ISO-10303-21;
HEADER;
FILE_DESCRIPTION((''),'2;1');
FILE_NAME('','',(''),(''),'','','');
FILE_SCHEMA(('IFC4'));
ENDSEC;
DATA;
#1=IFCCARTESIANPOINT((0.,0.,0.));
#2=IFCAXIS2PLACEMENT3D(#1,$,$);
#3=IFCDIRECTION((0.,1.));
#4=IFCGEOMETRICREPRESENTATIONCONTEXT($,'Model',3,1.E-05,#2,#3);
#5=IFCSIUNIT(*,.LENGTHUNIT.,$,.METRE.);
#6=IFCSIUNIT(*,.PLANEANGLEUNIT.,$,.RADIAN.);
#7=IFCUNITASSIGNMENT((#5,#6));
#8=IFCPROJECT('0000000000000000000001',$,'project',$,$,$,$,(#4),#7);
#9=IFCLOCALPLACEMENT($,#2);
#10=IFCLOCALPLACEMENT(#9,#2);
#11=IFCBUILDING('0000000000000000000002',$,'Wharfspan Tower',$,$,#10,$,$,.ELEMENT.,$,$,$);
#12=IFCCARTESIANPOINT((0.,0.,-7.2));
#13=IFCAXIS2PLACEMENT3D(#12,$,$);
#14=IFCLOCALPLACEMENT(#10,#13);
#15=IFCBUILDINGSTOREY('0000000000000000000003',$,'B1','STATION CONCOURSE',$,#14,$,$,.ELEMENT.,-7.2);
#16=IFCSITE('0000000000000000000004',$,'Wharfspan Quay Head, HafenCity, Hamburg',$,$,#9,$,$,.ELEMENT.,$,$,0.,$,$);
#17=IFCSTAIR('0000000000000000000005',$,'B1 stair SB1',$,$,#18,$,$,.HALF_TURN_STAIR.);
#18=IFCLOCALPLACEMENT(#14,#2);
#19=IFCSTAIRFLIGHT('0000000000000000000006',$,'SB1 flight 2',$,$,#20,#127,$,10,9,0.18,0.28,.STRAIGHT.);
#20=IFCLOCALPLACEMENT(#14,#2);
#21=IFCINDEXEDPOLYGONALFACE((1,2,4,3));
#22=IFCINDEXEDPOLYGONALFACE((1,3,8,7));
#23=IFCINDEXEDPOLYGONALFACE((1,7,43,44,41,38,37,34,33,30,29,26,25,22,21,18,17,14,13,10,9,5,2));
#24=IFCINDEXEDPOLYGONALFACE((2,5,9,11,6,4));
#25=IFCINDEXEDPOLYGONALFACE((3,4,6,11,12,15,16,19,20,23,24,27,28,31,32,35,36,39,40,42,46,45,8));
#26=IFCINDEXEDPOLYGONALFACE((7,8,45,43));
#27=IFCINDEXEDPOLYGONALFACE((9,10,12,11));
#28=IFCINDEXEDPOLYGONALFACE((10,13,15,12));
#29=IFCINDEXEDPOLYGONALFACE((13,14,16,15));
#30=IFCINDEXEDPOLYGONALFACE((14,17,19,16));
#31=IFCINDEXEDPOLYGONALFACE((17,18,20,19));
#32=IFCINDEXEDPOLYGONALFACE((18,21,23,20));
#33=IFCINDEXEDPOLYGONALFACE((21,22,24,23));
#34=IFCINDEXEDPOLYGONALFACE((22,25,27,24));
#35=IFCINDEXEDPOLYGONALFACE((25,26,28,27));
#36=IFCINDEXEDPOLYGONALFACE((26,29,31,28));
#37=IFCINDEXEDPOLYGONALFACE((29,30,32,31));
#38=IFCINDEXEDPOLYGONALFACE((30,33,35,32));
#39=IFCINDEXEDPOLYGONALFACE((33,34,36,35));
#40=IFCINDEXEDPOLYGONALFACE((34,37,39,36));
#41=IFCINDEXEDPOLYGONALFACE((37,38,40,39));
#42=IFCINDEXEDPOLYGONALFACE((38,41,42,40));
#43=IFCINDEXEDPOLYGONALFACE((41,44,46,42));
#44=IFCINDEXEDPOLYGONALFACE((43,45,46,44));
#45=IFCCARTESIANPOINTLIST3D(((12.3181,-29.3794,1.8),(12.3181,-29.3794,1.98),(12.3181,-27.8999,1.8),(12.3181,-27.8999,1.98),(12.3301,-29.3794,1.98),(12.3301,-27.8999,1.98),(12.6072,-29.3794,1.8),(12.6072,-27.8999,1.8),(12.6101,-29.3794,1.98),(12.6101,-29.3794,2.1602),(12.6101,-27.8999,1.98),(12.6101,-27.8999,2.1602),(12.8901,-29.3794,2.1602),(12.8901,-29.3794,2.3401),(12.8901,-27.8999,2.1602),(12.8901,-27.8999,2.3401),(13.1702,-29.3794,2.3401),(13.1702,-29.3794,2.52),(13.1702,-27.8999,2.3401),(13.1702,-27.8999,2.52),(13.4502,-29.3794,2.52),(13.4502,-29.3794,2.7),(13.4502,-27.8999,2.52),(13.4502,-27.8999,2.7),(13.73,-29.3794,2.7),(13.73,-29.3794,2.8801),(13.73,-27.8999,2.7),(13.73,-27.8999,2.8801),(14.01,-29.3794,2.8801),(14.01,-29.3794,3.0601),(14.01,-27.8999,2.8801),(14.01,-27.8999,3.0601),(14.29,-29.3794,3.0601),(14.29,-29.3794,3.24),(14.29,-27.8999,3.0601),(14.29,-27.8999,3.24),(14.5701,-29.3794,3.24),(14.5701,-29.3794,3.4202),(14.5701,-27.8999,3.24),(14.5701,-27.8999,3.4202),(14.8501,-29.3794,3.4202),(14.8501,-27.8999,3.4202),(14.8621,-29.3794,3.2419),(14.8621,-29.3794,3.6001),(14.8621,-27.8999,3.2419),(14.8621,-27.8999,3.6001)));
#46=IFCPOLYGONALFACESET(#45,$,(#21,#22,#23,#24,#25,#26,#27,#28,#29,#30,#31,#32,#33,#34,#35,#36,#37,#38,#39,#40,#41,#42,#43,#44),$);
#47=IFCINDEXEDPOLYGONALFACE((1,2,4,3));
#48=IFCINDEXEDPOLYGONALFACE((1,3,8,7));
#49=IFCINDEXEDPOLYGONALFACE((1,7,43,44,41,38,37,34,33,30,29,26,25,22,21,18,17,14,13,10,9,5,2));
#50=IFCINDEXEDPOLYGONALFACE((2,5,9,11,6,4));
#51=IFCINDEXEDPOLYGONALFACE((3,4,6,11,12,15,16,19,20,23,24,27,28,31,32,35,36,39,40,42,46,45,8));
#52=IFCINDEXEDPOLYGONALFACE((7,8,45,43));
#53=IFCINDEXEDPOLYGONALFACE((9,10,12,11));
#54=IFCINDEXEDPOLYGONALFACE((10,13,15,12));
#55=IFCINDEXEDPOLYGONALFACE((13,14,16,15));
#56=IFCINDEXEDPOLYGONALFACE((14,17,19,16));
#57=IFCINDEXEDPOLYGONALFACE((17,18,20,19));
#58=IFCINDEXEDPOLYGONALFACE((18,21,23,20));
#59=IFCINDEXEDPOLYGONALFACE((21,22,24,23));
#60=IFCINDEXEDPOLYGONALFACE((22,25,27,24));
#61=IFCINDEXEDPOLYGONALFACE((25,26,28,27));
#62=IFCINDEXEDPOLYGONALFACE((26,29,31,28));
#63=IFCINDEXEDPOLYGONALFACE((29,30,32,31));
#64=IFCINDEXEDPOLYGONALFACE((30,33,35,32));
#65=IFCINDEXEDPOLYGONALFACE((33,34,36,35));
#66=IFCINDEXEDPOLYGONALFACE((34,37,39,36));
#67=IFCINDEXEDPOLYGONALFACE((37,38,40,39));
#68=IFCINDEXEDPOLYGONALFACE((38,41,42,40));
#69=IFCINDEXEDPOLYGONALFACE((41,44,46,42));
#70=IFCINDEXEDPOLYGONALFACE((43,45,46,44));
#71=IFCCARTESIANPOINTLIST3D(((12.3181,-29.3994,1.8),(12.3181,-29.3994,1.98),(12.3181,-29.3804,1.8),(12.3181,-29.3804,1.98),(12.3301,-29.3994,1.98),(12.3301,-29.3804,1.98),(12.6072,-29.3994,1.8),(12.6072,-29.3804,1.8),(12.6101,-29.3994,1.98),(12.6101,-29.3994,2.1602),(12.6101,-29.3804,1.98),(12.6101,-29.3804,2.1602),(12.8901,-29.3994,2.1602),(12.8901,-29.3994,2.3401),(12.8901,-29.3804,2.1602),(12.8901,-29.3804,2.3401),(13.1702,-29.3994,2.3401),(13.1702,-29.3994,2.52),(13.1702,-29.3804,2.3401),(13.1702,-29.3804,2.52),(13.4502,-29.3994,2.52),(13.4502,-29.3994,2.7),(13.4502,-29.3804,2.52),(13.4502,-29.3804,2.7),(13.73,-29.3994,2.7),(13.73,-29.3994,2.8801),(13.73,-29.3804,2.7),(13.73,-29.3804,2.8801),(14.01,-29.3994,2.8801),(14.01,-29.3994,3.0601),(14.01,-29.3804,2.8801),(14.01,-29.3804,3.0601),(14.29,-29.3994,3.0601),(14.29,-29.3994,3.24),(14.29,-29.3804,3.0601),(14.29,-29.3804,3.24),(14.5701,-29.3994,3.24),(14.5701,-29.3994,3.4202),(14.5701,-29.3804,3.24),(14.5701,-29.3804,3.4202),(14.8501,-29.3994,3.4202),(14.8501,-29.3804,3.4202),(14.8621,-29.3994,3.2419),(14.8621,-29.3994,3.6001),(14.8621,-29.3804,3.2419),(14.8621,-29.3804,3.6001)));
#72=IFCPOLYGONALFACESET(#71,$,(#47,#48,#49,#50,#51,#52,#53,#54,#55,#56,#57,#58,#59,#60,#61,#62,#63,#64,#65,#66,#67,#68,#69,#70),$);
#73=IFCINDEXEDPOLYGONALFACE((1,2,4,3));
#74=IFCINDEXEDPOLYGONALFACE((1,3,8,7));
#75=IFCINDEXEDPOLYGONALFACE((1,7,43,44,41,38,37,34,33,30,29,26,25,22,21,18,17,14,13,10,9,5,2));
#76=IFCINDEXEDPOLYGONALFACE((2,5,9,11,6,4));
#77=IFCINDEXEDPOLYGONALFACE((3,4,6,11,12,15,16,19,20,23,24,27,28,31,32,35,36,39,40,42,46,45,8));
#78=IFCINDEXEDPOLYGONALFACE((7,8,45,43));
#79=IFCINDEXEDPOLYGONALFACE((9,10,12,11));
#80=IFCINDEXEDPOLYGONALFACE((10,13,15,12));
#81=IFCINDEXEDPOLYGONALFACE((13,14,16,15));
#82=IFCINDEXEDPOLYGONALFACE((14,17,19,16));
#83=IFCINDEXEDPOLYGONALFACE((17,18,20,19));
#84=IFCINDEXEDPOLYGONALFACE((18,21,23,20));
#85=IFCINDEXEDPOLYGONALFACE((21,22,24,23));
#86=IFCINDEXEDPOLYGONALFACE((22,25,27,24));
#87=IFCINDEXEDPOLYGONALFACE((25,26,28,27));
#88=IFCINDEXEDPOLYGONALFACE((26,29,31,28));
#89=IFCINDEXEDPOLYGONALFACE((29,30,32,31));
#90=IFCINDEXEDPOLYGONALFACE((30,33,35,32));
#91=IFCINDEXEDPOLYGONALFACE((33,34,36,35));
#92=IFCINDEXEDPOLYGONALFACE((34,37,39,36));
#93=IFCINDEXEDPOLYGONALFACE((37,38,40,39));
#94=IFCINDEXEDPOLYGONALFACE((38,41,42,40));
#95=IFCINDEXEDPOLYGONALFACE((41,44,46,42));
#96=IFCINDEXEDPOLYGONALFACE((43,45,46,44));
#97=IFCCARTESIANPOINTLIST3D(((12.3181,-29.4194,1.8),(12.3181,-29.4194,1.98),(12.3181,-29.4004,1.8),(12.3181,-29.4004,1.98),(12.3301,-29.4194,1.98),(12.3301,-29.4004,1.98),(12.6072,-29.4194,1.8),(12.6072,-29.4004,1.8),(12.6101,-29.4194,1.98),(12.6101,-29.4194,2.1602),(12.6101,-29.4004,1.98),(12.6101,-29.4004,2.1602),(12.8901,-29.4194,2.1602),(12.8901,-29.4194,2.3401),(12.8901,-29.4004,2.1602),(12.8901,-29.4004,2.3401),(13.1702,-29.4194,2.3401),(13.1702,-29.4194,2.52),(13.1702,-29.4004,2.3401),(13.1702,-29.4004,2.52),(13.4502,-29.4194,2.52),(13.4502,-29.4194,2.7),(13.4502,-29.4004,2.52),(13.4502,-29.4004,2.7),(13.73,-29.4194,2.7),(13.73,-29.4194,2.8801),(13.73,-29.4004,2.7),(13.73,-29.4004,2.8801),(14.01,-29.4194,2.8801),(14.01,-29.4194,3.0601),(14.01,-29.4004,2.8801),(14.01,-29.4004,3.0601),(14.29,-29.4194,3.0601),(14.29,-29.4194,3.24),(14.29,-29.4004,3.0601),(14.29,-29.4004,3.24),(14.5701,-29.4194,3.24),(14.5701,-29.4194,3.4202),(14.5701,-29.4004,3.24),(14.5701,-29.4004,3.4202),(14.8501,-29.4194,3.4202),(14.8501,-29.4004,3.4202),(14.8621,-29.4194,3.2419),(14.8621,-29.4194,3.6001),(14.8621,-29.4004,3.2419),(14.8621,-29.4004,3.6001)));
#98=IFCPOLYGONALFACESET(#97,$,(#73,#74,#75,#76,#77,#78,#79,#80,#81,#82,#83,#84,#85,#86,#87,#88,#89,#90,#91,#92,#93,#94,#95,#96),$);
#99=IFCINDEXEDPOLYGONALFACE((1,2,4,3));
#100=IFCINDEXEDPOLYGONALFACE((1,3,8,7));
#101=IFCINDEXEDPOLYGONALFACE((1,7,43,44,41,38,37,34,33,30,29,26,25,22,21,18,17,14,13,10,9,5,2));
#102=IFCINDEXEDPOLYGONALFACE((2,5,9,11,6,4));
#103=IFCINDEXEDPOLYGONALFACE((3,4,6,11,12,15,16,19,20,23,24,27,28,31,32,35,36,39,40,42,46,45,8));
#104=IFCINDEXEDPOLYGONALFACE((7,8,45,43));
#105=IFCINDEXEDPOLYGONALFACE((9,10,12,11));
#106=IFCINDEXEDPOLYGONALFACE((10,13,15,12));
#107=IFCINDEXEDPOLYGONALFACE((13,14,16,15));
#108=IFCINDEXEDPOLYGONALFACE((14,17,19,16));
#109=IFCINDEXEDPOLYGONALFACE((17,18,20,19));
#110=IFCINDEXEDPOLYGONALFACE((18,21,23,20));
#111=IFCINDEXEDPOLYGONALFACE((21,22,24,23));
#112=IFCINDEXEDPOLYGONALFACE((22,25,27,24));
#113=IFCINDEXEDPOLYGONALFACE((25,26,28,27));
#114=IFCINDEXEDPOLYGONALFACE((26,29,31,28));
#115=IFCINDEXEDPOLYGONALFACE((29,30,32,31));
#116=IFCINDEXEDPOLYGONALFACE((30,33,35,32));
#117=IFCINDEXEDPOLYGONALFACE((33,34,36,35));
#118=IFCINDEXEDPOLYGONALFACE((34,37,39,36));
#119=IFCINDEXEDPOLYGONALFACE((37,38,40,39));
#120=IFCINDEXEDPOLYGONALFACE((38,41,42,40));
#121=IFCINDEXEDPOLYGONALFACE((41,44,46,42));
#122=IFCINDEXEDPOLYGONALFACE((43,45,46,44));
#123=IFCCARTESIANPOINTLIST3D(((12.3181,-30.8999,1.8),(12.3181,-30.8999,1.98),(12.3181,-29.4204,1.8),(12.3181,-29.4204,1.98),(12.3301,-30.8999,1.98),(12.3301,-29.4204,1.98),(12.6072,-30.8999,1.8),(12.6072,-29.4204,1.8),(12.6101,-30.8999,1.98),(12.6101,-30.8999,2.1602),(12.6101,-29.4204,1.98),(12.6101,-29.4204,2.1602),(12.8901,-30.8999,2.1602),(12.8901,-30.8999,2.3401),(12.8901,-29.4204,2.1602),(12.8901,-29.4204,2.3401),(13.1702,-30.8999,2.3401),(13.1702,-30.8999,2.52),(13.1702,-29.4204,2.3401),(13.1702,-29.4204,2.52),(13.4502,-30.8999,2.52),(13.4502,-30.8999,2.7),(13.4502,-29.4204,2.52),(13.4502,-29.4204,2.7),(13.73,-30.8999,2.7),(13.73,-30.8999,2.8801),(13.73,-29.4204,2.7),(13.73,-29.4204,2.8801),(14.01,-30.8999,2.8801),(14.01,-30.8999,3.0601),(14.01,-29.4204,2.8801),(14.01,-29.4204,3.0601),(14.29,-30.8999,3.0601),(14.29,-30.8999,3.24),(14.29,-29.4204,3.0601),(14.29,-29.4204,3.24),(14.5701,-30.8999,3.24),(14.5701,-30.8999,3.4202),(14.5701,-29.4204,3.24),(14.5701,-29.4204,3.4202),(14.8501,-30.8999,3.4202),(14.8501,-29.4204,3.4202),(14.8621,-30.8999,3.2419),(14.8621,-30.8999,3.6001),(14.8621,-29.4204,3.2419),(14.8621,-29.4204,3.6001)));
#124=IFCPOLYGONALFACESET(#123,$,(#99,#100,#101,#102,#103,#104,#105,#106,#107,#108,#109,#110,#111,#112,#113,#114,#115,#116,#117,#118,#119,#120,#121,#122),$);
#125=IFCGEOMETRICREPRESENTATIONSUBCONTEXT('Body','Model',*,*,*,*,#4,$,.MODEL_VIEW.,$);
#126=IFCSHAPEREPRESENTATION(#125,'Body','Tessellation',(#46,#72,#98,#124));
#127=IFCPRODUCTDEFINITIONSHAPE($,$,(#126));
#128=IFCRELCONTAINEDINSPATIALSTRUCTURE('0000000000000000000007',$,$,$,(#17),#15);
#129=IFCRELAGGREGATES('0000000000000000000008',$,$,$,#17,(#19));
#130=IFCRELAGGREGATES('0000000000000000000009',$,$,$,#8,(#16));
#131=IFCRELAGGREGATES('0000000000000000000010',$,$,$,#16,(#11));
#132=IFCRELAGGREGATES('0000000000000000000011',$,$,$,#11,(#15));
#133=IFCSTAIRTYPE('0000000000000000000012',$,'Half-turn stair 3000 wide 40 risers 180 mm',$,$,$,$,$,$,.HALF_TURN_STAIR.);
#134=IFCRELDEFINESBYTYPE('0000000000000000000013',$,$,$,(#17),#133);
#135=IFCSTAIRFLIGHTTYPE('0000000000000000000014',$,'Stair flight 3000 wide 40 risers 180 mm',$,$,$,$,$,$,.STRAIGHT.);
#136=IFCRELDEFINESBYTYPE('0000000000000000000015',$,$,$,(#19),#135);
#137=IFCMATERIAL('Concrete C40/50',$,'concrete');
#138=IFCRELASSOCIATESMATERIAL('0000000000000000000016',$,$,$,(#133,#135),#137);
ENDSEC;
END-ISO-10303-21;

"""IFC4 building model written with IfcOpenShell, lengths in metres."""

from ifc_helpers import new_model, si_unit, direction, frame, origin, place, context, subcontext, project, spatial, polyline, outline, extrude, material, type_object, element, aggregate, save


model = new_model("IFC4")

# Units and contexts
model_context = context("Model", 3, precision=1e-05, world=origin(), true_north=direction((0.0, 1.0)))
body_context = subcontext(model_context, "Body", "Model", "MODEL_VIEW")
ifc_project = project(units=[si_unit("LENGTHUNIT", "METRE"), si_unit("PLANEANGLEUNIT", "RADIAN")], contexts=[model_context])

# Site, building, storey
site_placement = place(None, origin())
site = spatial("IfcSite", under=ifc_project, at=site_placement, Name="Wharfspan Quay Head, HafenCity, Hamburg", CompositionType="ELEMENT", RefElevation=0.0)
building_placement = place(site_placement, origin())
building = spatial("IfcBuilding", under=site, at=building_placement, Name="Wharfspan Tower", CompositionType="ELEMENT")
storey_placement = place(building_placement, frame((0.0, 0.0, -7.2)))
storey = spatial("IfcBuildingStorey", under=building, at=storey_placement, Name="B1", Description="STATION CONCOURSE", CompositionType="ELEMENT", Elevation=-7.2)

# Shared definitions
ifc_material_1 = material(Name="Concrete C40/50", Category="concrete")

# Stair, stair flight
stair_type = type_object("IfcStairType", Name="Half-turn stair 3000 wide 40 risers 180 mm", PredefinedType="HALF_TURN_STAIR", material=ifc_material_1)
stair_placement = place(storey_placement, origin())
stair = element("IfcStair", 1, at=stair_placement, inside=storey, type_object=stair_type, Name="B1 stair SB1", PredefinedType="HALF_TURN_STAIR")
stair_flight_type = type_object("IfcStairFlightType", Name="Stair flight 3000 wide 40 risers 180 mm", PredefinedType="STRAIGHT", material=ifc_material_1)
stair_flight_1_placement = place(storey_placement, frame((12.3301, -29.3999, 1.8), z_axis=(0.0, 0.0, 1.0), x_axis=(1.0, 0.0, 0.0)))
stair_flight_1 = element("IfcStairFlight", 2, at=stair_flight_1_placement, type_object=stair_flight_type, Name="SB1 flight 2", NumberOfRisers=10, NumberOfTreads=9, PredefinedType="STRAIGHT", RiserHeight=0.18, TreadLength=0.28, context=body_context, shape_type="SweptSolid", body=[
    extrude(outline(polyline([(-0.012, 0.0), (-0.012, 0.1799), (0.0, 0.1799), (0.28, 0.1799), (0.28, 0.3601), (0.5601, 0.3601), (0.5601, 0.54), (0.8401, 0.54), (0.8401, 0.72), (1.1201, 0.72), (1.1201, 0.8999), (1.3999, 0.8999), (1.3999, 1.0801), (1.6799, 1.0801), (1.6799, 1.26), (1.96, 1.26), (1.96, 1.4399), (2.24, 1.4399), (2.24, 1.6201), (2.52, 1.6201), (2.532, 1.8), (2.532, 1.4419), (0.2771, 0.0), (-0.012, 0.0)])), frame((0.0, 1.5, 0.0), z_axis=(0.0, -1.0, 0.0), x_axis=(1.0, 0.0, 0.0)), (0.0, 0.0, 1.0), 1.4795),
    extrude(outline(polyline([(-0.012, 0.0), (-0.012, 0.1799), (0.0, 0.1799), (0.28, 0.1799), (0.28, 0.3601), (0.5601, 0.3601), (0.5601, 0.54), (0.8401, 0.54), (0.8401, 0.72), (1.1201, 0.72), (1.1201, 0.8999), (1.3999, 0.8999), (1.3999, 1.0801), (1.6799, 1.0801), (1.6799, 1.26), (1.96, 1.26), (1.96, 1.4399), (2.24, 1.4399), (2.24, 1.6201), (2.52, 1.6201), (2.532, 1.8), (2.532, 1.4419), (0.2771, 0.0), (-0.012, 0.0)])), frame((0.0, 0.0195, 0.0), z_axis=(0.0, -1.0, 0.0), x_axis=(1.0, 0.0, 0.0)), (0.0, 0.0, 1.0), 0.019),
    extrude(outline(polyline([(-0.012, 0.0), (-0.012, 0.1799), (0.0, 0.1799), (0.28, 0.1799), (0.28, 0.3601), (0.5601, 0.3601), (0.5601, 0.54), (0.8401, 0.54), (0.8401, 0.72), (1.1201, 0.72), (1.1201, 0.8999), (1.3999, 0.8999), (1.3999, 1.0801), (1.6799, 1.0801), (1.6799, 1.26), (1.96, 1.26), (1.96, 1.4399), (2.24, 1.4399), (2.24, 1.6201), (2.52, 1.6201), (2.532, 1.8), (2.532, 1.4419), (0.2771, 0.0), (-0.012, 0.0)])), frame((0.0, -0.0005, 0.0), z_axis=(0.0, -1.0, 0.0), x_axis=(1.0, 0.0, 0.0)), (0.0, 0.0, 1.0), 0.019),
    extrude(outline(polyline([(-0.012, 0.0), (-0.012, 0.1799), (0.0, 0.1799), (0.28, 0.1799), (0.28, 0.3601), (0.5601, 0.3601), (0.5601, 0.54), (0.8401, 0.54), (0.8401, 0.72), (1.1201, 0.72), (1.1201, 0.8999), (1.3999, 0.8999), (1.3999, 1.0801), (1.6799, 1.0801), (1.6799, 1.26), (1.96, 1.26), (1.96, 1.4399), (2.24, 1.4399), (2.24, 1.6201), (2.52, 1.6201), (2.532, 1.8), (2.532, 1.4419), (0.2771, 0.0), (-0.012, 0.0)])), frame((0.0, -0.0205, 0.0), z_axis=(0.0, -1.0, 0.0), x_axis=(1.0, 0.0, 0.0)), (0.0, 0.0, 1.0), 1.4795),
])
aggregate(stair, [stair_flight_1])

save(model, "model.ifc")
